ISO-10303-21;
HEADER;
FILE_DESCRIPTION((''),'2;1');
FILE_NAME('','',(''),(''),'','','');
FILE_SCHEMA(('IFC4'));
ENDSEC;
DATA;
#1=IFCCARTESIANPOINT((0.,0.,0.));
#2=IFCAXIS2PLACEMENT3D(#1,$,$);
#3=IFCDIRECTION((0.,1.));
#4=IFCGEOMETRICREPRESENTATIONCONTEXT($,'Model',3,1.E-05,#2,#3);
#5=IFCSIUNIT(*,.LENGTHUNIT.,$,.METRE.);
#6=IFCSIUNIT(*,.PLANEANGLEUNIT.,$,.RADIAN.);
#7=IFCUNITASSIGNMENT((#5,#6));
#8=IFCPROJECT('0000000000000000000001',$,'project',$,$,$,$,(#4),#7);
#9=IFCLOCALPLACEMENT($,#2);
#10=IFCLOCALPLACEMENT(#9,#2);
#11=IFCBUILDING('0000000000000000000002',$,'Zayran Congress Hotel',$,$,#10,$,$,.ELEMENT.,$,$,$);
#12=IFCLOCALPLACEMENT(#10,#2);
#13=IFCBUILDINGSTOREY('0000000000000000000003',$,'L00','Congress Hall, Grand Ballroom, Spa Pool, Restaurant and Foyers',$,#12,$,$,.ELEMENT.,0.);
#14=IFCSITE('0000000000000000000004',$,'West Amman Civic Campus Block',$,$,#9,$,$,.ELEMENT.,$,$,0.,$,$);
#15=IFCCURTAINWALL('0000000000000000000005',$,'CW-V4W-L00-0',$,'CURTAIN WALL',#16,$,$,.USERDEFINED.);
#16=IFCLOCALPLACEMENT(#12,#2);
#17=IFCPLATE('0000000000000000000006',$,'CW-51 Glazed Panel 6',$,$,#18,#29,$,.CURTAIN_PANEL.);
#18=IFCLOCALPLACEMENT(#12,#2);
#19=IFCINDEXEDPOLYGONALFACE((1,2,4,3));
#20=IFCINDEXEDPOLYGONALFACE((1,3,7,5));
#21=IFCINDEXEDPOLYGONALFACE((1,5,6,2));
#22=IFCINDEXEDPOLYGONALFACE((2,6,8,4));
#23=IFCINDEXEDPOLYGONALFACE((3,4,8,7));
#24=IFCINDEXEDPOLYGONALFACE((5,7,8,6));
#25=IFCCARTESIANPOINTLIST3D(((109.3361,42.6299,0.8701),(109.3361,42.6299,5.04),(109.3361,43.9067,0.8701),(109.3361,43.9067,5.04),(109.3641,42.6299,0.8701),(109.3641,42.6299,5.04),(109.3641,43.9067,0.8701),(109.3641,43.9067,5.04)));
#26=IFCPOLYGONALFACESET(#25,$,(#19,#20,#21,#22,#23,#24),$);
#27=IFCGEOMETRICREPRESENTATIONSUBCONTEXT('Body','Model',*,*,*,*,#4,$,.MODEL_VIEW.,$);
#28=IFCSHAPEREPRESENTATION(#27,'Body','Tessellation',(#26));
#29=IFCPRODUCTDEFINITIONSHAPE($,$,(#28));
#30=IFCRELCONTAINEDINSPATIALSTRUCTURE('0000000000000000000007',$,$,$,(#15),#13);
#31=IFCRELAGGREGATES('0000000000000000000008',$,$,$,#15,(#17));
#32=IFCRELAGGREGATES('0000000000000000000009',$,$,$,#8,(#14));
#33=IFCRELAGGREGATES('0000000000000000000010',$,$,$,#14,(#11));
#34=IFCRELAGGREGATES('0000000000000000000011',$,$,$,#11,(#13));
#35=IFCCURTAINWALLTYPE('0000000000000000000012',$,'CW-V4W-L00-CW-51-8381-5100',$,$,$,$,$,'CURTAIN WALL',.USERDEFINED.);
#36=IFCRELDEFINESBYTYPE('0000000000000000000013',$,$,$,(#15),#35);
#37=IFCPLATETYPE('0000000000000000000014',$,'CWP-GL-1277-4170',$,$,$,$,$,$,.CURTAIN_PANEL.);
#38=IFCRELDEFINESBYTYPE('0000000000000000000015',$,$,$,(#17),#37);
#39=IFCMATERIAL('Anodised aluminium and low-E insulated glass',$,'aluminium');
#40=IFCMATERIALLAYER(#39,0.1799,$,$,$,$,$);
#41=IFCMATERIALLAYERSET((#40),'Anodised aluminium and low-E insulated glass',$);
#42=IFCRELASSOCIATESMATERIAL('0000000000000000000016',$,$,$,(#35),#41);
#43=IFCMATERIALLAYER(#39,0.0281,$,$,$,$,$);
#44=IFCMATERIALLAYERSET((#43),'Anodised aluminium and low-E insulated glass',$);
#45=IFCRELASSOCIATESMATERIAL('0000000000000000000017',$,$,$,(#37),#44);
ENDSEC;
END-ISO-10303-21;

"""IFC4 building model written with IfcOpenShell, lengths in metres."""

from ifc_helpers import new_model, si_unit, direction, frame, origin, origin_2d, place, context, subcontext, project, spatial, rectangle, extrude, material, layer, layer_set, type_object, element, aggregate, save


model = new_model("IFC4")

# Units and contexts
model_context = context("Model", 3, precision=1e-05, world=origin(), true_north=direction((0.0, 1.0)))
body_context = subcontext(model_context, "Body", "Model", "MODEL_VIEW")
ifc_project = project(units=[si_unit("LENGTHUNIT", "METRE"), si_unit("PLANEANGLEUNIT", "RADIAN")], contexts=[model_context])

# Site, building, storey
site_placement = place(None, origin())
site = spatial("IfcSite", under=ifc_project, at=site_placement, Name="West Amman Civic Campus Block", CompositionType="ELEMENT", RefElevation=0.0)
building_placement = place(site_placement, origin())
building = spatial("IfcBuilding", under=site, at=building_placement, Name="Zayran Congress Hotel", CompositionType="ELEMENT")
storey_placement = place(building_placement, origin())
storey = spatial("IfcBuildingStorey", under=building, at=storey_placement, Name="L00", Description="Congress Hall, Grand Ballroom, Spa Pool, Restaurant and Foyers", CompositionType="ELEMENT", Elevation=0.0)

# Curtain wall
ifc_material_1 = material(Name="Anodised aluminium and low-E insulated glass", Category="aluminium")
ifc_layer_1 = layer(ifc_material_1, 0.1799)
ifc_layer_set_1 = layer_set([ifc_layer_1], Name="Anodised aluminium and low-E insulated glass")
curtain_wall_type = type_object("IfcCurtainWallType", Name="CW-V4W-L00-CW-51-8381-5100", ElementType="CURTAIN WALL", PredefinedType="USERDEFINED", material=ifc_layer_set_1)
curtain_wall_placement = place(storey_placement, origin())
curtain_wall = element("IfcCurtainWall", 1, at=curtain_wall_placement, inside=storey, type_object=curtain_wall_type, Name="CW-V4W-L00-0", ObjectType="CURTAIN WALL", PredefinedType="USERDEFINED")

# Plate
ifc_layer_2 = layer(ifc_material_1, 0.0281)
ifc_layer_set_2 = layer_set([ifc_layer_2], Name="Anodised aluminium and low-E insulated glass")
plate_type_1 = type_object("IfcPlateType", Name="CWP-GL-1277-4170", PredefinedType="CURTAIN_PANEL", material=ifc_layer_set_2)
plate_1_placement = place(storey_placement, frame((109.3501, 43.2683, 0.8701), z_axis=(0.0, 0.0, 1.0), x_axis=(0.0, 1.0, 0.0)))
plate_1 = element("IfcPlate", 2, at=plate_1_placement, type_object=plate_type_1, Name="CW-51 Glazed Panel 6", PredefinedType="CURTAIN_PANEL", context=body_context, shape_type="SweptSolid", body=[
    extrude(rectangle(XDim=1.2769, YDim=0.0281, at=origin_2d()), origin(), (0.0, 0.0, 1.0), 4.1699),
])
aggregate(curtain_wall, [plate_1])

save(model, "model.ifc")
